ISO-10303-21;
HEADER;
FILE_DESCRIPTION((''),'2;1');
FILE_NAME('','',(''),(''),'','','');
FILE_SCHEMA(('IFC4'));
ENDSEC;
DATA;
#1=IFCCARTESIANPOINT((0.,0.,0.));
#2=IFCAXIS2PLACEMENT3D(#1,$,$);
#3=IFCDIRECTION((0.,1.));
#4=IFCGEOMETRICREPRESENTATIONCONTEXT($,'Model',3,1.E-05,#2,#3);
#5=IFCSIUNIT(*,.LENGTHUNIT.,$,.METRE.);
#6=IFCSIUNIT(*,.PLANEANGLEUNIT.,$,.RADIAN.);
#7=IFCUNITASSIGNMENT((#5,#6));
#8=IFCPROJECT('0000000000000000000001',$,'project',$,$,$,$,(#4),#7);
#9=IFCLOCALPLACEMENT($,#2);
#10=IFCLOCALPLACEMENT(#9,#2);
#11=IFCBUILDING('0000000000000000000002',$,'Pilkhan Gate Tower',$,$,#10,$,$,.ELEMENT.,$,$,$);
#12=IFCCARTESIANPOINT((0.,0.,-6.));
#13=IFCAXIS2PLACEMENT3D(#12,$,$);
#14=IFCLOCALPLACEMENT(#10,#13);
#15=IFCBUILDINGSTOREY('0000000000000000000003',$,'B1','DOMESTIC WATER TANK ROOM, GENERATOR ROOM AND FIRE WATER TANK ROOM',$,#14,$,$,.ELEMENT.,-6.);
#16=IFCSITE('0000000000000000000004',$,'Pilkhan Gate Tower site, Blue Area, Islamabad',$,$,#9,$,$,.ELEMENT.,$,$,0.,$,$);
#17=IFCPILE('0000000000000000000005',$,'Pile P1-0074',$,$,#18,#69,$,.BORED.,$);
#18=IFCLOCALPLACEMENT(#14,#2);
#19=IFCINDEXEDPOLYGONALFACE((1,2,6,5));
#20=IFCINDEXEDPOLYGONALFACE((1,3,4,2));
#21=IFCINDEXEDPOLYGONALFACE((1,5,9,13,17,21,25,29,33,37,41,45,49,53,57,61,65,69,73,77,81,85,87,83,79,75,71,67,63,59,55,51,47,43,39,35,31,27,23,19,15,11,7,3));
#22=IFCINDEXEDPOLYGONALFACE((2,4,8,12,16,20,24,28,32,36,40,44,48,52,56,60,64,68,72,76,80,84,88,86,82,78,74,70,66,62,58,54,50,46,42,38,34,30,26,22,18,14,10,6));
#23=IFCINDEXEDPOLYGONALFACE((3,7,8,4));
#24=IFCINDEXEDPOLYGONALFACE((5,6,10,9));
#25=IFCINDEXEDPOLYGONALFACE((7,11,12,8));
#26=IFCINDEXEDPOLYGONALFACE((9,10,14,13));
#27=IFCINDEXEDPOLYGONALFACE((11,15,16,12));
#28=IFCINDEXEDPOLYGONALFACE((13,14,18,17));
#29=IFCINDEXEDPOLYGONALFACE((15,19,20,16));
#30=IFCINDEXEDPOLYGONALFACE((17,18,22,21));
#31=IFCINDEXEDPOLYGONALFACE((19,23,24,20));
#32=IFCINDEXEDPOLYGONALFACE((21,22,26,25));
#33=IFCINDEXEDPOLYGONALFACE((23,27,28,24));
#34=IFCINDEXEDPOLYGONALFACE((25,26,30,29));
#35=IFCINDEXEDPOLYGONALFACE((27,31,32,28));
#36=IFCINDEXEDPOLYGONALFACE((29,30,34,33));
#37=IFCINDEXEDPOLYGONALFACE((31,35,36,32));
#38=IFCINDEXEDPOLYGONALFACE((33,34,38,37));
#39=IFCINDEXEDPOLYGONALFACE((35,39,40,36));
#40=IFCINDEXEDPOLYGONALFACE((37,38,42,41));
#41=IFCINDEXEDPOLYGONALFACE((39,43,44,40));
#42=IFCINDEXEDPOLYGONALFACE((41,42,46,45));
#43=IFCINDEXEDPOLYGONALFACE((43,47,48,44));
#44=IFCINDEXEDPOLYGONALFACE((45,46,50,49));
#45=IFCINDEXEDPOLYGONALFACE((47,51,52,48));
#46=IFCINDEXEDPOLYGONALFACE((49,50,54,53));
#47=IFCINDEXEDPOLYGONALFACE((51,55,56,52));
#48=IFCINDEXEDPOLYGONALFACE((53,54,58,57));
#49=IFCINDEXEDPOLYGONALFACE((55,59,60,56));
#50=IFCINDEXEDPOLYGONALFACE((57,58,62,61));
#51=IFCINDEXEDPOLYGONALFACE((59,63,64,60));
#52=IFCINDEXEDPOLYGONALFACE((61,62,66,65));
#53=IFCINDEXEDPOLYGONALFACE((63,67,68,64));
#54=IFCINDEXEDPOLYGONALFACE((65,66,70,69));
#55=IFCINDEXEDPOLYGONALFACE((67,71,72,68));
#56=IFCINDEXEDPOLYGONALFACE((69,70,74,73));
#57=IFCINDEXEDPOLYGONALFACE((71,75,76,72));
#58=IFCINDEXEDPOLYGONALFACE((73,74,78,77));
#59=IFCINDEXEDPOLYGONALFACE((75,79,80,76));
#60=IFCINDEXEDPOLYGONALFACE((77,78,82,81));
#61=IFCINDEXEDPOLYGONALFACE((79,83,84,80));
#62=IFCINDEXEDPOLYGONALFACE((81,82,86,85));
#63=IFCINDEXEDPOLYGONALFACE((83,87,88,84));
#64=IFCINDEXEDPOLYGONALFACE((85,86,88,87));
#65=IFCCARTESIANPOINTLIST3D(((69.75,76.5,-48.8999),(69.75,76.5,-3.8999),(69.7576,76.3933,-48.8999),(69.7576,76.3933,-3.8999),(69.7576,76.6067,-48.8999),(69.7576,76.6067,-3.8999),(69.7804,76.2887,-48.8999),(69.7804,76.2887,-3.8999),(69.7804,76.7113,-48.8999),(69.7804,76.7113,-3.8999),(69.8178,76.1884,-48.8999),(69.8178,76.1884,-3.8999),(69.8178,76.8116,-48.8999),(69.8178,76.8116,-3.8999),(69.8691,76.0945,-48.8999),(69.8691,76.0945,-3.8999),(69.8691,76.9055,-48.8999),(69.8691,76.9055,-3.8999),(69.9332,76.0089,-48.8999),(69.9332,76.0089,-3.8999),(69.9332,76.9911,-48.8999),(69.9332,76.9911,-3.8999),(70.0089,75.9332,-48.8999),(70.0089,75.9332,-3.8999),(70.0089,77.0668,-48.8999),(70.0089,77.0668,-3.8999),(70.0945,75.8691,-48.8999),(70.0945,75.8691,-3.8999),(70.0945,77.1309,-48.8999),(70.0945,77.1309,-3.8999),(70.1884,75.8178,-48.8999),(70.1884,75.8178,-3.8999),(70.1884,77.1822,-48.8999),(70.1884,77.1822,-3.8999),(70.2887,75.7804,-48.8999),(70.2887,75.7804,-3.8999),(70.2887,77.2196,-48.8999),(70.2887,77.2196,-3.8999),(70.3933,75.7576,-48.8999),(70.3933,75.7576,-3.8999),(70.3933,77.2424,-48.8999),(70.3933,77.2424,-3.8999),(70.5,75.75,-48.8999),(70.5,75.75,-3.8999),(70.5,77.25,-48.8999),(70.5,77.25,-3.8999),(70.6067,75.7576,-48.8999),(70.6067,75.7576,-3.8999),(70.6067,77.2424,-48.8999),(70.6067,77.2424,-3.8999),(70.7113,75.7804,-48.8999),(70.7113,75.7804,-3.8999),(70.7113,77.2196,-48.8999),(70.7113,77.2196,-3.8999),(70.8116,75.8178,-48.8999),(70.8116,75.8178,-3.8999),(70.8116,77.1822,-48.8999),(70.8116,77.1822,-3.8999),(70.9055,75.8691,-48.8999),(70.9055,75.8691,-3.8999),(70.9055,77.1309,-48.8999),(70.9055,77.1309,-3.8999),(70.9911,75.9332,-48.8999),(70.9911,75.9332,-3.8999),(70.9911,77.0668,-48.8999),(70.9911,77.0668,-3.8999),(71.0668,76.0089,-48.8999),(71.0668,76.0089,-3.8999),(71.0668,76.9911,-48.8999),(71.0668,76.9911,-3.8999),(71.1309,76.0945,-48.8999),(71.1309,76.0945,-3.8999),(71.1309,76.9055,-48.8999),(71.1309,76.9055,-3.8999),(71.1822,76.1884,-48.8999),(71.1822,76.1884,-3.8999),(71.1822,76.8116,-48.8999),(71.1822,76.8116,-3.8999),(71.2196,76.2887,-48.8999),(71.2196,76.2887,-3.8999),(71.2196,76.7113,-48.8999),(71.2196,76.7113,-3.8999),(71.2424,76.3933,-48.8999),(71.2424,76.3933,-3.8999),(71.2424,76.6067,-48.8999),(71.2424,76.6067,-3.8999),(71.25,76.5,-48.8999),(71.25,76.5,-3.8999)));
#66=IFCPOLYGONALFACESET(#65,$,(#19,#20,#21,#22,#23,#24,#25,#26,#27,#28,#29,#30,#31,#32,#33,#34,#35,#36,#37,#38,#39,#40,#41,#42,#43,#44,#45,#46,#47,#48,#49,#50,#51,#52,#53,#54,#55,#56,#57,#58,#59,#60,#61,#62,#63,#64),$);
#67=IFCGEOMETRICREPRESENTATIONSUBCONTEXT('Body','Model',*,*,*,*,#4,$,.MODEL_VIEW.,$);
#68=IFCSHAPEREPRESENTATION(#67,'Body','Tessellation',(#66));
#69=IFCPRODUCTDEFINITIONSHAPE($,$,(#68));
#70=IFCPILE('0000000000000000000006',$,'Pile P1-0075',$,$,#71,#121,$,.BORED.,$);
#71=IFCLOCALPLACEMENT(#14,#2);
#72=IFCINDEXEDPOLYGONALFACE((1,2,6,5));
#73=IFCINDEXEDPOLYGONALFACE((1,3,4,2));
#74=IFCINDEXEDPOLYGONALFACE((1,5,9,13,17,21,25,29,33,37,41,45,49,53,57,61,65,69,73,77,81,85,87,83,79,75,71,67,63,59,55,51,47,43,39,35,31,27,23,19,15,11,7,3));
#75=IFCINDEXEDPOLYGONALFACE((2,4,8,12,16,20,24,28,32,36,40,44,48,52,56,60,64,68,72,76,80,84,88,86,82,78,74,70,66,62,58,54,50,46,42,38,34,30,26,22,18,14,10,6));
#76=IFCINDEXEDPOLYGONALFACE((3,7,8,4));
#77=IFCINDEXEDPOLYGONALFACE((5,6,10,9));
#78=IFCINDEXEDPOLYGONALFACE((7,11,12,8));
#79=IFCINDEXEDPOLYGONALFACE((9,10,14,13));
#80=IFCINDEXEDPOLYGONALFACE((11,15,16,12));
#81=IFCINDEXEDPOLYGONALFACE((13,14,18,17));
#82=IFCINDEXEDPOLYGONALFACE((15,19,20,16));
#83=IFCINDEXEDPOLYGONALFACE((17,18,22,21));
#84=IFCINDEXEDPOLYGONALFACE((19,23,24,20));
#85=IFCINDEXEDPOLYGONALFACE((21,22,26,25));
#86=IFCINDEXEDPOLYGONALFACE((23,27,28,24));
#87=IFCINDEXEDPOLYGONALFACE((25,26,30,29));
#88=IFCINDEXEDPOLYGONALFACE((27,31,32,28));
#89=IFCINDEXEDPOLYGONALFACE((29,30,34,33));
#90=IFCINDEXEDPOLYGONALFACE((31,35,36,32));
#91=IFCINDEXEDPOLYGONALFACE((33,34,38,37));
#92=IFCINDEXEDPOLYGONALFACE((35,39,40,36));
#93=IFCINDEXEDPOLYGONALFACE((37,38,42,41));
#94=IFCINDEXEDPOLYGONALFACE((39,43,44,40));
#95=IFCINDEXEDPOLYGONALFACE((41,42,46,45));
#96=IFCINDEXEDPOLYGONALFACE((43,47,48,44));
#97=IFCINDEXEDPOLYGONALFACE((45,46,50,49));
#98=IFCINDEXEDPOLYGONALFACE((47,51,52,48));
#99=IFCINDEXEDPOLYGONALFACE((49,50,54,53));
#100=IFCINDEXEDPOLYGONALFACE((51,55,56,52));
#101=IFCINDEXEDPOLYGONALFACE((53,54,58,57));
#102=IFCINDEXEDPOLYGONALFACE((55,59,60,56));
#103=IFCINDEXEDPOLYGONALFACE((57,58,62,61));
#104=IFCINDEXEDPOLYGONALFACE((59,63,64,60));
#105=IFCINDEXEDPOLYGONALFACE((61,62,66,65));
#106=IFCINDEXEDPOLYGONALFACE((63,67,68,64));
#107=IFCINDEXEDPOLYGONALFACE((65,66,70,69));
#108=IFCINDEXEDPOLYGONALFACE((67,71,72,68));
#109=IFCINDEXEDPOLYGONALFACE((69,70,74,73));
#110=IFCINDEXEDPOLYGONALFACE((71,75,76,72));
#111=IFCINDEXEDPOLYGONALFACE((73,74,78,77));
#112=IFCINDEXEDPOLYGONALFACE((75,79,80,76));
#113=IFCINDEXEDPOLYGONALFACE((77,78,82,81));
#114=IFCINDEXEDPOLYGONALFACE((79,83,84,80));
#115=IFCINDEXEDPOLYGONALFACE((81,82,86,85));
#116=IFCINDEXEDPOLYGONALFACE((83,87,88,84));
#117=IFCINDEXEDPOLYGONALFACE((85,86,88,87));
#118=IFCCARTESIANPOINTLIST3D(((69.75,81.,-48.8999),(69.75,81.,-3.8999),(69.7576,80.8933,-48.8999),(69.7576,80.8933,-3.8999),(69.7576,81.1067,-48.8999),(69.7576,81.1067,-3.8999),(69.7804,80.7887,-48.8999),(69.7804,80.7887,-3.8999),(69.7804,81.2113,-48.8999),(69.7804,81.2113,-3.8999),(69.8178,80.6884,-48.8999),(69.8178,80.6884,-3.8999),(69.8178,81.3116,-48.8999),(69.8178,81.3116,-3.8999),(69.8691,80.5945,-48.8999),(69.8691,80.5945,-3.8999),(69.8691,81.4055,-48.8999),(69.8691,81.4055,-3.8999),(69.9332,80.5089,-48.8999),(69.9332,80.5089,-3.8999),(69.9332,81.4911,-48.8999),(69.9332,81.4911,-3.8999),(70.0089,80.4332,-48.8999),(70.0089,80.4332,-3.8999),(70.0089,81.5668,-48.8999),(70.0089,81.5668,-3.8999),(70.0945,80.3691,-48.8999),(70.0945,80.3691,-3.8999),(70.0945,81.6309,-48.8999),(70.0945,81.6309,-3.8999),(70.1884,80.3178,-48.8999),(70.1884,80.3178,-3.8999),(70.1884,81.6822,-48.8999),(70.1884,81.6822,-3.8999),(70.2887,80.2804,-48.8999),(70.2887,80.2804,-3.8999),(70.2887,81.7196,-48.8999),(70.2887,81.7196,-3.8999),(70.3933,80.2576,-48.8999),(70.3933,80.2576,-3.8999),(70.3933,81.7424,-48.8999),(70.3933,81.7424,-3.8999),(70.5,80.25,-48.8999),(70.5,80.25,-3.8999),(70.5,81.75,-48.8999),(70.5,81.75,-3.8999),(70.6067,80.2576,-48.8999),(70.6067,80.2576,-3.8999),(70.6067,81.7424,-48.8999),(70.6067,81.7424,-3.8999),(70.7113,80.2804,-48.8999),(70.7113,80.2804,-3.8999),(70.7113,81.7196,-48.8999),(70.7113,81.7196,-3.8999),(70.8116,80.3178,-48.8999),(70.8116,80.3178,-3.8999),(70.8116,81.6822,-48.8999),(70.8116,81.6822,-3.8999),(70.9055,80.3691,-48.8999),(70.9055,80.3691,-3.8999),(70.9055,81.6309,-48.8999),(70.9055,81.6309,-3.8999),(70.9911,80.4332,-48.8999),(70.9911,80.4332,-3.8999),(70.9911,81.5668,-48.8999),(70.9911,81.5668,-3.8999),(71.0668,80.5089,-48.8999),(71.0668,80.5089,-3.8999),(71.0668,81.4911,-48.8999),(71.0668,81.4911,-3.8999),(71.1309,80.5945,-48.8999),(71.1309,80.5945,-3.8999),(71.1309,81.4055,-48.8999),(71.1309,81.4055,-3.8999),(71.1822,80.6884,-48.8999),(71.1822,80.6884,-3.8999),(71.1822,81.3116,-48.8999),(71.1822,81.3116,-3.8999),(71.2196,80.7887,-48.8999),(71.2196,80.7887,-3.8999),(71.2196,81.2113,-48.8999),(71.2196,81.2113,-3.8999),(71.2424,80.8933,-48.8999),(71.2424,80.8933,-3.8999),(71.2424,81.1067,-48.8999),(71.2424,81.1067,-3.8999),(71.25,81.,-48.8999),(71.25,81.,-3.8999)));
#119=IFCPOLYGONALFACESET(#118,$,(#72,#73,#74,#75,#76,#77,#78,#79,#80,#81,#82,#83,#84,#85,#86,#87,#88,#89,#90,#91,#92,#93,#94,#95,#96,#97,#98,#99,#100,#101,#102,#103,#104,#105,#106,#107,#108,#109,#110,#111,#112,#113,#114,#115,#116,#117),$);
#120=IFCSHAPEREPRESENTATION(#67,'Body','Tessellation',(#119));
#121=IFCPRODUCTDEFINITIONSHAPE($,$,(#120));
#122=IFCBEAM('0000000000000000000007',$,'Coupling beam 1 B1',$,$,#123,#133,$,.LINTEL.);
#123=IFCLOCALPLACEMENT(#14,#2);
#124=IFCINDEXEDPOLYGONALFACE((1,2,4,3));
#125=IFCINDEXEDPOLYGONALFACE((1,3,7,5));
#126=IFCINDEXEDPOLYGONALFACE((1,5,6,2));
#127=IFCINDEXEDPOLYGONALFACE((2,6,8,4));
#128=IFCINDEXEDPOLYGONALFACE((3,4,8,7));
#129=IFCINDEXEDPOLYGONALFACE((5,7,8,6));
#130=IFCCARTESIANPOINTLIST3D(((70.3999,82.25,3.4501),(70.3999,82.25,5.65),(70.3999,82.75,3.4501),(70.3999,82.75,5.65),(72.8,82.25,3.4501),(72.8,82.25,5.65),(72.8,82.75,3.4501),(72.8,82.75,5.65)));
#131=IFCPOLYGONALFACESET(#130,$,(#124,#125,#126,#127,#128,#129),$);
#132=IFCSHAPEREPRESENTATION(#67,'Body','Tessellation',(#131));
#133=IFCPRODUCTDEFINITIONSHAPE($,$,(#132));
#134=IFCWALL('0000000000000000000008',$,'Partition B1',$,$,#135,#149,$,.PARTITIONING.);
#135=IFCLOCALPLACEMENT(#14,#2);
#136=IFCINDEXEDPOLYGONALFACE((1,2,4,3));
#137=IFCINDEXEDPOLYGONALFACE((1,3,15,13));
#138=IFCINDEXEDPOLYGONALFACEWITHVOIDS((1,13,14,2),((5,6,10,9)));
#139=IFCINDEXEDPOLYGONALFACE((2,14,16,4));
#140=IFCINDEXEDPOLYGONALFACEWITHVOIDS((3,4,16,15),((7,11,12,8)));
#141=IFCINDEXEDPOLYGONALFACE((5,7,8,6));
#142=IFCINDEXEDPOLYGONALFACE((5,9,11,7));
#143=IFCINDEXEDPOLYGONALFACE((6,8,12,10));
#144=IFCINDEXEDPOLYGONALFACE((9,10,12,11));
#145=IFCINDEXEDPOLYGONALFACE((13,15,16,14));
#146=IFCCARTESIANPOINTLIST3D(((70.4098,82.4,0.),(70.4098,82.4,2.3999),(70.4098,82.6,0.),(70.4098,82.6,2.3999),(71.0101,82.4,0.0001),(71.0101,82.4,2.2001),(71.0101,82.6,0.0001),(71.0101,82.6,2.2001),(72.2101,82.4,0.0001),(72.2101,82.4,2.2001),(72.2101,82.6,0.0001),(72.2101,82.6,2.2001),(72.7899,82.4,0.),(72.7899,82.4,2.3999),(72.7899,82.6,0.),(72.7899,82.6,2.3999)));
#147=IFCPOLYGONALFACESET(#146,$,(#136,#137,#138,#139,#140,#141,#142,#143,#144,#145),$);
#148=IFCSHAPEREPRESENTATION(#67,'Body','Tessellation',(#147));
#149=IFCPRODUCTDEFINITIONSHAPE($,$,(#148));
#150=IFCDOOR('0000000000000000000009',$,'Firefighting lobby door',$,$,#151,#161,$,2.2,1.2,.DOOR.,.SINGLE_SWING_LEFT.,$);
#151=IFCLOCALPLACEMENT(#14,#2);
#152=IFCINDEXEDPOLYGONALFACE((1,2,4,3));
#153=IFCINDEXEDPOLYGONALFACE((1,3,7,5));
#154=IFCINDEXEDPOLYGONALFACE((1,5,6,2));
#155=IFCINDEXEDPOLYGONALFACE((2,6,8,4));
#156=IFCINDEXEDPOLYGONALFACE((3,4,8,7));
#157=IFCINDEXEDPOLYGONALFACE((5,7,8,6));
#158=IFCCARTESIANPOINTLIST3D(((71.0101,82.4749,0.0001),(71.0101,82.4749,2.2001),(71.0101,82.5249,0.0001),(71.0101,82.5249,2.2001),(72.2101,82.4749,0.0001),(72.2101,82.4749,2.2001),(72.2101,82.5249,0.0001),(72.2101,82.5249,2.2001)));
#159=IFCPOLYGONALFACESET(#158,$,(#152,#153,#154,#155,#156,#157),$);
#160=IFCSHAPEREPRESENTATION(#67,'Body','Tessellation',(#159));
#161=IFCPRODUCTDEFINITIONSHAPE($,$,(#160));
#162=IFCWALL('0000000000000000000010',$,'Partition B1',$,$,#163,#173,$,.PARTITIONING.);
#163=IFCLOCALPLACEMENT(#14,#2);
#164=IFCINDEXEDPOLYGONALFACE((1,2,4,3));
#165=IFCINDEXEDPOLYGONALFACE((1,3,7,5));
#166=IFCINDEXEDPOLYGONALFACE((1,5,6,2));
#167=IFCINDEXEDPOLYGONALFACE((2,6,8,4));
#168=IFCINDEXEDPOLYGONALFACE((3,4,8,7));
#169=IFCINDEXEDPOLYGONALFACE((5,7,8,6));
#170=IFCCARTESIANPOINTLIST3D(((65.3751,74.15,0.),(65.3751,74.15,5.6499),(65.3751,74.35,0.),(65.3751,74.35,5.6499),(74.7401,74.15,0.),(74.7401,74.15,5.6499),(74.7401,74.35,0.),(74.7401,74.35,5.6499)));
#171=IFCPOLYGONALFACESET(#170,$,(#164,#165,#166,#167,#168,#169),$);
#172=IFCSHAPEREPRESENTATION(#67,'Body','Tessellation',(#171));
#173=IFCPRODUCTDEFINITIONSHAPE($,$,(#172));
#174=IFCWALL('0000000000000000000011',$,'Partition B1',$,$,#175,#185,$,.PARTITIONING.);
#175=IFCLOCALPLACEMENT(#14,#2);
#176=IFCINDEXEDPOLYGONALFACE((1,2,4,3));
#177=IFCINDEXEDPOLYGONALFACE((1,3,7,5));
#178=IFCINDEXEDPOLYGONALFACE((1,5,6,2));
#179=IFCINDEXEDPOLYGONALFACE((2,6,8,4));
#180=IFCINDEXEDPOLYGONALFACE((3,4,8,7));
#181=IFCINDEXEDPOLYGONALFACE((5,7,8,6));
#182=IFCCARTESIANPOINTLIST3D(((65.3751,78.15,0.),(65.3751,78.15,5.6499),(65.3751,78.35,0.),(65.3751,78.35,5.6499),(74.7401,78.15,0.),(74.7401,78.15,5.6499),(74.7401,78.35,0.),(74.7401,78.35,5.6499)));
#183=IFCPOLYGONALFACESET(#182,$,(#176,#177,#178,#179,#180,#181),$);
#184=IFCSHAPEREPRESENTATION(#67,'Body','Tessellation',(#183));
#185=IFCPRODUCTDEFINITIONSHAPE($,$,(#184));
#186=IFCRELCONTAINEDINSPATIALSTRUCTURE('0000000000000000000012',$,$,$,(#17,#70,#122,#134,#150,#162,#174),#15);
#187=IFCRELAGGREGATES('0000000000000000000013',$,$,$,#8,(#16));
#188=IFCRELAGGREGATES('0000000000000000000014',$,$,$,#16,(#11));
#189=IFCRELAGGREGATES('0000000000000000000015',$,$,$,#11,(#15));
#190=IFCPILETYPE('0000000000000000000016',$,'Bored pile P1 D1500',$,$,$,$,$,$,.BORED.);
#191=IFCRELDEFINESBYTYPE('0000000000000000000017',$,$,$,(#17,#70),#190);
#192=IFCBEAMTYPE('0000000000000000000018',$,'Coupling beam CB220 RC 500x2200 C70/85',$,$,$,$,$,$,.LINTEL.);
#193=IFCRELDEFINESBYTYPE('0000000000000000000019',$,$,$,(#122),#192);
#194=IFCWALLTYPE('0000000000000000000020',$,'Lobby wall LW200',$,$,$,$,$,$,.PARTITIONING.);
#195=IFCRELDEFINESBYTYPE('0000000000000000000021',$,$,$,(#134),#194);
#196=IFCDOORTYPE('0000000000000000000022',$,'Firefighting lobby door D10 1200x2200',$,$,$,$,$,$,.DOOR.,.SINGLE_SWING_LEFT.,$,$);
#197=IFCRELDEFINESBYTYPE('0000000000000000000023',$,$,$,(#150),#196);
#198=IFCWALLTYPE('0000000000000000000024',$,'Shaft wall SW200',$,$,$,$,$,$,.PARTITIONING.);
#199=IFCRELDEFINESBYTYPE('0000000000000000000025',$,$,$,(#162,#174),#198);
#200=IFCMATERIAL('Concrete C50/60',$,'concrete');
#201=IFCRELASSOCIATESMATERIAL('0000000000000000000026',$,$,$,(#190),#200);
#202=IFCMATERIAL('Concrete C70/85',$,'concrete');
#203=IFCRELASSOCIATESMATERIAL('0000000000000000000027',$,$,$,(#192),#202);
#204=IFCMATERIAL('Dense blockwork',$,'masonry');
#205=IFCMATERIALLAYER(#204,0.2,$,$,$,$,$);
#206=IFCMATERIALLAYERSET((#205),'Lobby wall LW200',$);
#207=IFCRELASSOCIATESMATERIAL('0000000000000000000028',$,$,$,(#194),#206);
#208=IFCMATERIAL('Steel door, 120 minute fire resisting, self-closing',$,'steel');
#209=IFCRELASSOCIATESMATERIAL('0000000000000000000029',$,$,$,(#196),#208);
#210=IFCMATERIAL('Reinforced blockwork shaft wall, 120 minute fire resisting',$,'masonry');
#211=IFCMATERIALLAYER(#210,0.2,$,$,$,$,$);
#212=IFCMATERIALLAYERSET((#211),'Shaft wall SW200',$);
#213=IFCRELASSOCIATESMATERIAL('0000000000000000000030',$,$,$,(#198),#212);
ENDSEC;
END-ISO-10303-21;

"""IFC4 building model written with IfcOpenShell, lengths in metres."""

from ifc_helpers import new_model, si_unit, direction, frame, frame_2d, origin, origin_2d, place, context, subcontext, project, spatial, rectangle, circle, extrude, material, layer, layer_set, material_profile, profile_set, type_object, element, fill, save


model = new_model("IFC4")

# Units and contexts
model_context = context("Model", 3, precision=1e-05, world=origin(), true_north=direction((0.0, 1.0)))
body_context = subcontext(model_context, "Body", "Model", "MODEL_VIEW")
ifc_project = project(units=[si_unit("LENGTHUNIT", "METRE"), si_unit("PLANEANGLEUNIT", "RADIAN")], contexts=[model_context])

# Site, building, storey
site_placement = place(None, origin())
site = spatial("IfcSite", under=ifc_project, at=site_placement, Name="Pilkhan Gate Tower site, Blue Area, Islamabad", CompositionType="ELEMENT", RefElevation=0.0)
building_placement = place(site_placement, origin())
building = spatial("IfcBuilding", under=site, at=building_placement, Name="Pilkhan Gate Tower", CompositionType="ELEMENT")
storey_placement = place(building_placement, frame((0.0, 0.0, -6.0)))
storey = spatial("IfcBuildingStorey", under=building, at=storey_placement, Name="B1", Description="DOMESTIC WATER TANK ROOM, GENERATOR ROOM AND FIRE WATER TANK ROOM", CompositionType="ELEMENT", Elevation=-6.0)

# Piles
ifc_material_1 = material(Name="Concrete C50/60", Category="concrete")
ifc_material_profile_1 = material_profile(ifc_material_1, circle(Radius=0.75, at=origin_2d()), Name="Bored pile 1500 dia")
ifc_profile_set_1 = profile_set([ifc_material_profile_1], Name="Concrete C50/60")
pile_type = type_object("IfcPileType", Name="Bored pile P1 D1500", PredefinedType="BORED", material=ifc_profile_set_1)
for number, where, z_axis, x_axis, name in (
    (1, (70.5, 76.5, -3.8999), (0.0, 0.0, -1.0), (1.0, 0.0, 0.0), "Pile P1-0074"),
    (2, (70.5, 81.0, -3.8999), (0.0, 0.0, -1.0), (1.0, 0.0, 0.0), "Pile P1-0075"),
):
    element("IfcPile", number, at=place(storey_placement, frame(where, z_axis=z_axis, x_axis=x_axis)), inside=storey, type_object=pile_type, Name=name, PredefinedType="BORED", context=body_context, shape_type="SweptSolid", body=[
        extrude(circle(Radius=0.75, at=origin_2d()), origin(), (0.0, 0.0, 1.0), 45.0),
    ])

# Beam
ifc_material_2 = material(Name="Concrete C70/85", Category="concrete")
ifc_material_profile_2 = material_profile(ifc_material_2, rectangle(XDim=0.5, YDim=2.2, at=origin_2d()), Name="RC 500x2200")
ifc_profile_set_2 = profile_set([ifc_material_profile_2], Name="Concrete C70/85")
beam_type = type_object("IfcBeamType", Name="Coupling beam CB220 RC 500x2200 C70/85", PredefinedType="LINTEL", material=ifc_profile_set_2)
beam_placement = place(storey_placement, frame((70.3999, 82.5, 4.55), z_axis=(1.0, 0.0, 0.0), x_axis=(0.0, 1.0, 0.0)))
element("IfcBeam", 3, at=beam_placement, inside=storey, type_object=beam_type, Name="Coupling beam 1 B1", PredefinedType="LINTEL", context=body_context, shape_type="SweptSolid", body=[
    extrude(rectangle(XDim=0.5, YDim=2.2, at=origin_2d()), origin(), (0.0, 0.0, 1.0), 2.4001),
])

# Wall, opening, door
ifc_material_3 = material(Name="Dense blockwork", Category="masonry")
ifc_layer_1 = layer(ifc_material_3, 0.2)
ifc_layer_set_1 = layer_set([ifc_layer_1], Name="Lobby wall LW200")
wall_type_1 = type_object("IfcWallType", Name="Lobby wall LW200", PredefinedType="PARTITIONING", material=ifc_layer_set_1)
wall_1_placement = place(storey_placement, frame((70.4099, 82.5, 0.0), z_axis=(0.0, 0.0, 1.0), x_axis=(1.0, 0.0, 0.0)))
wall_1 = element("IfcWall", 4, at=wall_1_placement, inside=storey, type_object=wall_type_1, Name="Partition B1", PredefinedType="PARTITIONING", context=body_context, shape_type="SweptSolid", body=[
    extrude(rectangle(XDim=2.3801, YDim=0.2, at=frame_2d((1.1899, 0.0))), origin(), (0.0, 0.0, 1.0), 2.3999),
])
opening_placement = place(wall_1_placement, frame((0.6001, 0.0, 0.0)))
opening = element("IfcOpeningElement", 5, at=opening_placement, cuts=wall_1, PredefinedType="OPENING", context=body_context, shape_type="SweptSolid", body=[
    extrude(rectangle(XDim=1.2, YDim=2.2, at=frame_2d((0.6001, 1.1001))), frame((0.0, 0.1099, 0.0), z_axis=(0.0, -1.0, 0.0), x_axis=(1.0, 0.0, 0.0)), (0.0, 0.0, 1.0), 0.22),
])
ifc_material_4 = material(Name="Steel door, 120 minute fire resisting, self-closing", Category="steel")
door_type = type_object("IfcDoorType", Name="Firefighting lobby door D10 1200x2200", OperationType="SINGLE_SWING_LEFT", PredefinedType="DOOR", material=ifc_material_4)
door_placement = place(opening_placement, origin())
door = element("IfcDoor", 6, at=door_placement, inside=storey, type_object=door_type, Name="Firefighting lobby door", OperationType="SINGLE_SWING_LEFT", OverallHeight=2.2, OverallWidth=1.2, PredefinedType="DOOR", context=body_context, shape_type="SweptSolid", body=[
    extrude(rectangle(XDim=1.2, YDim=2.2, at=frame_2d((0.6001, 1.1001))), frame((0.0, 0.0249, 0.0), z_axis=(0.0, -1.0, 0.0), x_axis=(1.0, 0.0, 0.0)), (0.0, 0.0, 1.0), 0.05),
])
fill(opening, door)

# Walls
ifc_material_5 = material(Name="Reinforced blockwork shaft wall, 120 minute fire resisting", Category="masonry")
ifc_layer_2 = layer(ifc_material_5, 0.2)
ifc_layer_set_2 = layer_set([ifc_layer_2], Name="Shaft wall SW200")
wall_type_2 = type_object("IfcWallType", Name="Shaft wall SW200", PredefinedType="PARTITIONING", material=ifc_layer_set_2)
for number, where, z_axis, x_axis, name in (
    (7, (65.375, 74.25, 0.0), (0.0, 0.0, 1.0), (1.0, 0.0, 0.0), "Partition B1"),
    (8, (65.375, 78.25, 0.0), (0.0, 0.0, 1.0), (1.0, 0.0, 0.0), "Partition B1"),
):
    element("IfcWall", number, at=place(storey_placement, frame(where, z_axis=z_axis, x_axis=x_axis)), inside=storey, type_object=wall_type_2, Name=name, PredefinedType="PARTITIONING", context=body_context, shape_type="SweptSolid", body=[
        extrude(rectangle(XDim=9.365, YDim=0.2, at=frame_2d((4.6826, 0.0))), origin(), (0.0, 0.0, 1.0), 5.6499),
    ])

save(model, "model.ifc")
